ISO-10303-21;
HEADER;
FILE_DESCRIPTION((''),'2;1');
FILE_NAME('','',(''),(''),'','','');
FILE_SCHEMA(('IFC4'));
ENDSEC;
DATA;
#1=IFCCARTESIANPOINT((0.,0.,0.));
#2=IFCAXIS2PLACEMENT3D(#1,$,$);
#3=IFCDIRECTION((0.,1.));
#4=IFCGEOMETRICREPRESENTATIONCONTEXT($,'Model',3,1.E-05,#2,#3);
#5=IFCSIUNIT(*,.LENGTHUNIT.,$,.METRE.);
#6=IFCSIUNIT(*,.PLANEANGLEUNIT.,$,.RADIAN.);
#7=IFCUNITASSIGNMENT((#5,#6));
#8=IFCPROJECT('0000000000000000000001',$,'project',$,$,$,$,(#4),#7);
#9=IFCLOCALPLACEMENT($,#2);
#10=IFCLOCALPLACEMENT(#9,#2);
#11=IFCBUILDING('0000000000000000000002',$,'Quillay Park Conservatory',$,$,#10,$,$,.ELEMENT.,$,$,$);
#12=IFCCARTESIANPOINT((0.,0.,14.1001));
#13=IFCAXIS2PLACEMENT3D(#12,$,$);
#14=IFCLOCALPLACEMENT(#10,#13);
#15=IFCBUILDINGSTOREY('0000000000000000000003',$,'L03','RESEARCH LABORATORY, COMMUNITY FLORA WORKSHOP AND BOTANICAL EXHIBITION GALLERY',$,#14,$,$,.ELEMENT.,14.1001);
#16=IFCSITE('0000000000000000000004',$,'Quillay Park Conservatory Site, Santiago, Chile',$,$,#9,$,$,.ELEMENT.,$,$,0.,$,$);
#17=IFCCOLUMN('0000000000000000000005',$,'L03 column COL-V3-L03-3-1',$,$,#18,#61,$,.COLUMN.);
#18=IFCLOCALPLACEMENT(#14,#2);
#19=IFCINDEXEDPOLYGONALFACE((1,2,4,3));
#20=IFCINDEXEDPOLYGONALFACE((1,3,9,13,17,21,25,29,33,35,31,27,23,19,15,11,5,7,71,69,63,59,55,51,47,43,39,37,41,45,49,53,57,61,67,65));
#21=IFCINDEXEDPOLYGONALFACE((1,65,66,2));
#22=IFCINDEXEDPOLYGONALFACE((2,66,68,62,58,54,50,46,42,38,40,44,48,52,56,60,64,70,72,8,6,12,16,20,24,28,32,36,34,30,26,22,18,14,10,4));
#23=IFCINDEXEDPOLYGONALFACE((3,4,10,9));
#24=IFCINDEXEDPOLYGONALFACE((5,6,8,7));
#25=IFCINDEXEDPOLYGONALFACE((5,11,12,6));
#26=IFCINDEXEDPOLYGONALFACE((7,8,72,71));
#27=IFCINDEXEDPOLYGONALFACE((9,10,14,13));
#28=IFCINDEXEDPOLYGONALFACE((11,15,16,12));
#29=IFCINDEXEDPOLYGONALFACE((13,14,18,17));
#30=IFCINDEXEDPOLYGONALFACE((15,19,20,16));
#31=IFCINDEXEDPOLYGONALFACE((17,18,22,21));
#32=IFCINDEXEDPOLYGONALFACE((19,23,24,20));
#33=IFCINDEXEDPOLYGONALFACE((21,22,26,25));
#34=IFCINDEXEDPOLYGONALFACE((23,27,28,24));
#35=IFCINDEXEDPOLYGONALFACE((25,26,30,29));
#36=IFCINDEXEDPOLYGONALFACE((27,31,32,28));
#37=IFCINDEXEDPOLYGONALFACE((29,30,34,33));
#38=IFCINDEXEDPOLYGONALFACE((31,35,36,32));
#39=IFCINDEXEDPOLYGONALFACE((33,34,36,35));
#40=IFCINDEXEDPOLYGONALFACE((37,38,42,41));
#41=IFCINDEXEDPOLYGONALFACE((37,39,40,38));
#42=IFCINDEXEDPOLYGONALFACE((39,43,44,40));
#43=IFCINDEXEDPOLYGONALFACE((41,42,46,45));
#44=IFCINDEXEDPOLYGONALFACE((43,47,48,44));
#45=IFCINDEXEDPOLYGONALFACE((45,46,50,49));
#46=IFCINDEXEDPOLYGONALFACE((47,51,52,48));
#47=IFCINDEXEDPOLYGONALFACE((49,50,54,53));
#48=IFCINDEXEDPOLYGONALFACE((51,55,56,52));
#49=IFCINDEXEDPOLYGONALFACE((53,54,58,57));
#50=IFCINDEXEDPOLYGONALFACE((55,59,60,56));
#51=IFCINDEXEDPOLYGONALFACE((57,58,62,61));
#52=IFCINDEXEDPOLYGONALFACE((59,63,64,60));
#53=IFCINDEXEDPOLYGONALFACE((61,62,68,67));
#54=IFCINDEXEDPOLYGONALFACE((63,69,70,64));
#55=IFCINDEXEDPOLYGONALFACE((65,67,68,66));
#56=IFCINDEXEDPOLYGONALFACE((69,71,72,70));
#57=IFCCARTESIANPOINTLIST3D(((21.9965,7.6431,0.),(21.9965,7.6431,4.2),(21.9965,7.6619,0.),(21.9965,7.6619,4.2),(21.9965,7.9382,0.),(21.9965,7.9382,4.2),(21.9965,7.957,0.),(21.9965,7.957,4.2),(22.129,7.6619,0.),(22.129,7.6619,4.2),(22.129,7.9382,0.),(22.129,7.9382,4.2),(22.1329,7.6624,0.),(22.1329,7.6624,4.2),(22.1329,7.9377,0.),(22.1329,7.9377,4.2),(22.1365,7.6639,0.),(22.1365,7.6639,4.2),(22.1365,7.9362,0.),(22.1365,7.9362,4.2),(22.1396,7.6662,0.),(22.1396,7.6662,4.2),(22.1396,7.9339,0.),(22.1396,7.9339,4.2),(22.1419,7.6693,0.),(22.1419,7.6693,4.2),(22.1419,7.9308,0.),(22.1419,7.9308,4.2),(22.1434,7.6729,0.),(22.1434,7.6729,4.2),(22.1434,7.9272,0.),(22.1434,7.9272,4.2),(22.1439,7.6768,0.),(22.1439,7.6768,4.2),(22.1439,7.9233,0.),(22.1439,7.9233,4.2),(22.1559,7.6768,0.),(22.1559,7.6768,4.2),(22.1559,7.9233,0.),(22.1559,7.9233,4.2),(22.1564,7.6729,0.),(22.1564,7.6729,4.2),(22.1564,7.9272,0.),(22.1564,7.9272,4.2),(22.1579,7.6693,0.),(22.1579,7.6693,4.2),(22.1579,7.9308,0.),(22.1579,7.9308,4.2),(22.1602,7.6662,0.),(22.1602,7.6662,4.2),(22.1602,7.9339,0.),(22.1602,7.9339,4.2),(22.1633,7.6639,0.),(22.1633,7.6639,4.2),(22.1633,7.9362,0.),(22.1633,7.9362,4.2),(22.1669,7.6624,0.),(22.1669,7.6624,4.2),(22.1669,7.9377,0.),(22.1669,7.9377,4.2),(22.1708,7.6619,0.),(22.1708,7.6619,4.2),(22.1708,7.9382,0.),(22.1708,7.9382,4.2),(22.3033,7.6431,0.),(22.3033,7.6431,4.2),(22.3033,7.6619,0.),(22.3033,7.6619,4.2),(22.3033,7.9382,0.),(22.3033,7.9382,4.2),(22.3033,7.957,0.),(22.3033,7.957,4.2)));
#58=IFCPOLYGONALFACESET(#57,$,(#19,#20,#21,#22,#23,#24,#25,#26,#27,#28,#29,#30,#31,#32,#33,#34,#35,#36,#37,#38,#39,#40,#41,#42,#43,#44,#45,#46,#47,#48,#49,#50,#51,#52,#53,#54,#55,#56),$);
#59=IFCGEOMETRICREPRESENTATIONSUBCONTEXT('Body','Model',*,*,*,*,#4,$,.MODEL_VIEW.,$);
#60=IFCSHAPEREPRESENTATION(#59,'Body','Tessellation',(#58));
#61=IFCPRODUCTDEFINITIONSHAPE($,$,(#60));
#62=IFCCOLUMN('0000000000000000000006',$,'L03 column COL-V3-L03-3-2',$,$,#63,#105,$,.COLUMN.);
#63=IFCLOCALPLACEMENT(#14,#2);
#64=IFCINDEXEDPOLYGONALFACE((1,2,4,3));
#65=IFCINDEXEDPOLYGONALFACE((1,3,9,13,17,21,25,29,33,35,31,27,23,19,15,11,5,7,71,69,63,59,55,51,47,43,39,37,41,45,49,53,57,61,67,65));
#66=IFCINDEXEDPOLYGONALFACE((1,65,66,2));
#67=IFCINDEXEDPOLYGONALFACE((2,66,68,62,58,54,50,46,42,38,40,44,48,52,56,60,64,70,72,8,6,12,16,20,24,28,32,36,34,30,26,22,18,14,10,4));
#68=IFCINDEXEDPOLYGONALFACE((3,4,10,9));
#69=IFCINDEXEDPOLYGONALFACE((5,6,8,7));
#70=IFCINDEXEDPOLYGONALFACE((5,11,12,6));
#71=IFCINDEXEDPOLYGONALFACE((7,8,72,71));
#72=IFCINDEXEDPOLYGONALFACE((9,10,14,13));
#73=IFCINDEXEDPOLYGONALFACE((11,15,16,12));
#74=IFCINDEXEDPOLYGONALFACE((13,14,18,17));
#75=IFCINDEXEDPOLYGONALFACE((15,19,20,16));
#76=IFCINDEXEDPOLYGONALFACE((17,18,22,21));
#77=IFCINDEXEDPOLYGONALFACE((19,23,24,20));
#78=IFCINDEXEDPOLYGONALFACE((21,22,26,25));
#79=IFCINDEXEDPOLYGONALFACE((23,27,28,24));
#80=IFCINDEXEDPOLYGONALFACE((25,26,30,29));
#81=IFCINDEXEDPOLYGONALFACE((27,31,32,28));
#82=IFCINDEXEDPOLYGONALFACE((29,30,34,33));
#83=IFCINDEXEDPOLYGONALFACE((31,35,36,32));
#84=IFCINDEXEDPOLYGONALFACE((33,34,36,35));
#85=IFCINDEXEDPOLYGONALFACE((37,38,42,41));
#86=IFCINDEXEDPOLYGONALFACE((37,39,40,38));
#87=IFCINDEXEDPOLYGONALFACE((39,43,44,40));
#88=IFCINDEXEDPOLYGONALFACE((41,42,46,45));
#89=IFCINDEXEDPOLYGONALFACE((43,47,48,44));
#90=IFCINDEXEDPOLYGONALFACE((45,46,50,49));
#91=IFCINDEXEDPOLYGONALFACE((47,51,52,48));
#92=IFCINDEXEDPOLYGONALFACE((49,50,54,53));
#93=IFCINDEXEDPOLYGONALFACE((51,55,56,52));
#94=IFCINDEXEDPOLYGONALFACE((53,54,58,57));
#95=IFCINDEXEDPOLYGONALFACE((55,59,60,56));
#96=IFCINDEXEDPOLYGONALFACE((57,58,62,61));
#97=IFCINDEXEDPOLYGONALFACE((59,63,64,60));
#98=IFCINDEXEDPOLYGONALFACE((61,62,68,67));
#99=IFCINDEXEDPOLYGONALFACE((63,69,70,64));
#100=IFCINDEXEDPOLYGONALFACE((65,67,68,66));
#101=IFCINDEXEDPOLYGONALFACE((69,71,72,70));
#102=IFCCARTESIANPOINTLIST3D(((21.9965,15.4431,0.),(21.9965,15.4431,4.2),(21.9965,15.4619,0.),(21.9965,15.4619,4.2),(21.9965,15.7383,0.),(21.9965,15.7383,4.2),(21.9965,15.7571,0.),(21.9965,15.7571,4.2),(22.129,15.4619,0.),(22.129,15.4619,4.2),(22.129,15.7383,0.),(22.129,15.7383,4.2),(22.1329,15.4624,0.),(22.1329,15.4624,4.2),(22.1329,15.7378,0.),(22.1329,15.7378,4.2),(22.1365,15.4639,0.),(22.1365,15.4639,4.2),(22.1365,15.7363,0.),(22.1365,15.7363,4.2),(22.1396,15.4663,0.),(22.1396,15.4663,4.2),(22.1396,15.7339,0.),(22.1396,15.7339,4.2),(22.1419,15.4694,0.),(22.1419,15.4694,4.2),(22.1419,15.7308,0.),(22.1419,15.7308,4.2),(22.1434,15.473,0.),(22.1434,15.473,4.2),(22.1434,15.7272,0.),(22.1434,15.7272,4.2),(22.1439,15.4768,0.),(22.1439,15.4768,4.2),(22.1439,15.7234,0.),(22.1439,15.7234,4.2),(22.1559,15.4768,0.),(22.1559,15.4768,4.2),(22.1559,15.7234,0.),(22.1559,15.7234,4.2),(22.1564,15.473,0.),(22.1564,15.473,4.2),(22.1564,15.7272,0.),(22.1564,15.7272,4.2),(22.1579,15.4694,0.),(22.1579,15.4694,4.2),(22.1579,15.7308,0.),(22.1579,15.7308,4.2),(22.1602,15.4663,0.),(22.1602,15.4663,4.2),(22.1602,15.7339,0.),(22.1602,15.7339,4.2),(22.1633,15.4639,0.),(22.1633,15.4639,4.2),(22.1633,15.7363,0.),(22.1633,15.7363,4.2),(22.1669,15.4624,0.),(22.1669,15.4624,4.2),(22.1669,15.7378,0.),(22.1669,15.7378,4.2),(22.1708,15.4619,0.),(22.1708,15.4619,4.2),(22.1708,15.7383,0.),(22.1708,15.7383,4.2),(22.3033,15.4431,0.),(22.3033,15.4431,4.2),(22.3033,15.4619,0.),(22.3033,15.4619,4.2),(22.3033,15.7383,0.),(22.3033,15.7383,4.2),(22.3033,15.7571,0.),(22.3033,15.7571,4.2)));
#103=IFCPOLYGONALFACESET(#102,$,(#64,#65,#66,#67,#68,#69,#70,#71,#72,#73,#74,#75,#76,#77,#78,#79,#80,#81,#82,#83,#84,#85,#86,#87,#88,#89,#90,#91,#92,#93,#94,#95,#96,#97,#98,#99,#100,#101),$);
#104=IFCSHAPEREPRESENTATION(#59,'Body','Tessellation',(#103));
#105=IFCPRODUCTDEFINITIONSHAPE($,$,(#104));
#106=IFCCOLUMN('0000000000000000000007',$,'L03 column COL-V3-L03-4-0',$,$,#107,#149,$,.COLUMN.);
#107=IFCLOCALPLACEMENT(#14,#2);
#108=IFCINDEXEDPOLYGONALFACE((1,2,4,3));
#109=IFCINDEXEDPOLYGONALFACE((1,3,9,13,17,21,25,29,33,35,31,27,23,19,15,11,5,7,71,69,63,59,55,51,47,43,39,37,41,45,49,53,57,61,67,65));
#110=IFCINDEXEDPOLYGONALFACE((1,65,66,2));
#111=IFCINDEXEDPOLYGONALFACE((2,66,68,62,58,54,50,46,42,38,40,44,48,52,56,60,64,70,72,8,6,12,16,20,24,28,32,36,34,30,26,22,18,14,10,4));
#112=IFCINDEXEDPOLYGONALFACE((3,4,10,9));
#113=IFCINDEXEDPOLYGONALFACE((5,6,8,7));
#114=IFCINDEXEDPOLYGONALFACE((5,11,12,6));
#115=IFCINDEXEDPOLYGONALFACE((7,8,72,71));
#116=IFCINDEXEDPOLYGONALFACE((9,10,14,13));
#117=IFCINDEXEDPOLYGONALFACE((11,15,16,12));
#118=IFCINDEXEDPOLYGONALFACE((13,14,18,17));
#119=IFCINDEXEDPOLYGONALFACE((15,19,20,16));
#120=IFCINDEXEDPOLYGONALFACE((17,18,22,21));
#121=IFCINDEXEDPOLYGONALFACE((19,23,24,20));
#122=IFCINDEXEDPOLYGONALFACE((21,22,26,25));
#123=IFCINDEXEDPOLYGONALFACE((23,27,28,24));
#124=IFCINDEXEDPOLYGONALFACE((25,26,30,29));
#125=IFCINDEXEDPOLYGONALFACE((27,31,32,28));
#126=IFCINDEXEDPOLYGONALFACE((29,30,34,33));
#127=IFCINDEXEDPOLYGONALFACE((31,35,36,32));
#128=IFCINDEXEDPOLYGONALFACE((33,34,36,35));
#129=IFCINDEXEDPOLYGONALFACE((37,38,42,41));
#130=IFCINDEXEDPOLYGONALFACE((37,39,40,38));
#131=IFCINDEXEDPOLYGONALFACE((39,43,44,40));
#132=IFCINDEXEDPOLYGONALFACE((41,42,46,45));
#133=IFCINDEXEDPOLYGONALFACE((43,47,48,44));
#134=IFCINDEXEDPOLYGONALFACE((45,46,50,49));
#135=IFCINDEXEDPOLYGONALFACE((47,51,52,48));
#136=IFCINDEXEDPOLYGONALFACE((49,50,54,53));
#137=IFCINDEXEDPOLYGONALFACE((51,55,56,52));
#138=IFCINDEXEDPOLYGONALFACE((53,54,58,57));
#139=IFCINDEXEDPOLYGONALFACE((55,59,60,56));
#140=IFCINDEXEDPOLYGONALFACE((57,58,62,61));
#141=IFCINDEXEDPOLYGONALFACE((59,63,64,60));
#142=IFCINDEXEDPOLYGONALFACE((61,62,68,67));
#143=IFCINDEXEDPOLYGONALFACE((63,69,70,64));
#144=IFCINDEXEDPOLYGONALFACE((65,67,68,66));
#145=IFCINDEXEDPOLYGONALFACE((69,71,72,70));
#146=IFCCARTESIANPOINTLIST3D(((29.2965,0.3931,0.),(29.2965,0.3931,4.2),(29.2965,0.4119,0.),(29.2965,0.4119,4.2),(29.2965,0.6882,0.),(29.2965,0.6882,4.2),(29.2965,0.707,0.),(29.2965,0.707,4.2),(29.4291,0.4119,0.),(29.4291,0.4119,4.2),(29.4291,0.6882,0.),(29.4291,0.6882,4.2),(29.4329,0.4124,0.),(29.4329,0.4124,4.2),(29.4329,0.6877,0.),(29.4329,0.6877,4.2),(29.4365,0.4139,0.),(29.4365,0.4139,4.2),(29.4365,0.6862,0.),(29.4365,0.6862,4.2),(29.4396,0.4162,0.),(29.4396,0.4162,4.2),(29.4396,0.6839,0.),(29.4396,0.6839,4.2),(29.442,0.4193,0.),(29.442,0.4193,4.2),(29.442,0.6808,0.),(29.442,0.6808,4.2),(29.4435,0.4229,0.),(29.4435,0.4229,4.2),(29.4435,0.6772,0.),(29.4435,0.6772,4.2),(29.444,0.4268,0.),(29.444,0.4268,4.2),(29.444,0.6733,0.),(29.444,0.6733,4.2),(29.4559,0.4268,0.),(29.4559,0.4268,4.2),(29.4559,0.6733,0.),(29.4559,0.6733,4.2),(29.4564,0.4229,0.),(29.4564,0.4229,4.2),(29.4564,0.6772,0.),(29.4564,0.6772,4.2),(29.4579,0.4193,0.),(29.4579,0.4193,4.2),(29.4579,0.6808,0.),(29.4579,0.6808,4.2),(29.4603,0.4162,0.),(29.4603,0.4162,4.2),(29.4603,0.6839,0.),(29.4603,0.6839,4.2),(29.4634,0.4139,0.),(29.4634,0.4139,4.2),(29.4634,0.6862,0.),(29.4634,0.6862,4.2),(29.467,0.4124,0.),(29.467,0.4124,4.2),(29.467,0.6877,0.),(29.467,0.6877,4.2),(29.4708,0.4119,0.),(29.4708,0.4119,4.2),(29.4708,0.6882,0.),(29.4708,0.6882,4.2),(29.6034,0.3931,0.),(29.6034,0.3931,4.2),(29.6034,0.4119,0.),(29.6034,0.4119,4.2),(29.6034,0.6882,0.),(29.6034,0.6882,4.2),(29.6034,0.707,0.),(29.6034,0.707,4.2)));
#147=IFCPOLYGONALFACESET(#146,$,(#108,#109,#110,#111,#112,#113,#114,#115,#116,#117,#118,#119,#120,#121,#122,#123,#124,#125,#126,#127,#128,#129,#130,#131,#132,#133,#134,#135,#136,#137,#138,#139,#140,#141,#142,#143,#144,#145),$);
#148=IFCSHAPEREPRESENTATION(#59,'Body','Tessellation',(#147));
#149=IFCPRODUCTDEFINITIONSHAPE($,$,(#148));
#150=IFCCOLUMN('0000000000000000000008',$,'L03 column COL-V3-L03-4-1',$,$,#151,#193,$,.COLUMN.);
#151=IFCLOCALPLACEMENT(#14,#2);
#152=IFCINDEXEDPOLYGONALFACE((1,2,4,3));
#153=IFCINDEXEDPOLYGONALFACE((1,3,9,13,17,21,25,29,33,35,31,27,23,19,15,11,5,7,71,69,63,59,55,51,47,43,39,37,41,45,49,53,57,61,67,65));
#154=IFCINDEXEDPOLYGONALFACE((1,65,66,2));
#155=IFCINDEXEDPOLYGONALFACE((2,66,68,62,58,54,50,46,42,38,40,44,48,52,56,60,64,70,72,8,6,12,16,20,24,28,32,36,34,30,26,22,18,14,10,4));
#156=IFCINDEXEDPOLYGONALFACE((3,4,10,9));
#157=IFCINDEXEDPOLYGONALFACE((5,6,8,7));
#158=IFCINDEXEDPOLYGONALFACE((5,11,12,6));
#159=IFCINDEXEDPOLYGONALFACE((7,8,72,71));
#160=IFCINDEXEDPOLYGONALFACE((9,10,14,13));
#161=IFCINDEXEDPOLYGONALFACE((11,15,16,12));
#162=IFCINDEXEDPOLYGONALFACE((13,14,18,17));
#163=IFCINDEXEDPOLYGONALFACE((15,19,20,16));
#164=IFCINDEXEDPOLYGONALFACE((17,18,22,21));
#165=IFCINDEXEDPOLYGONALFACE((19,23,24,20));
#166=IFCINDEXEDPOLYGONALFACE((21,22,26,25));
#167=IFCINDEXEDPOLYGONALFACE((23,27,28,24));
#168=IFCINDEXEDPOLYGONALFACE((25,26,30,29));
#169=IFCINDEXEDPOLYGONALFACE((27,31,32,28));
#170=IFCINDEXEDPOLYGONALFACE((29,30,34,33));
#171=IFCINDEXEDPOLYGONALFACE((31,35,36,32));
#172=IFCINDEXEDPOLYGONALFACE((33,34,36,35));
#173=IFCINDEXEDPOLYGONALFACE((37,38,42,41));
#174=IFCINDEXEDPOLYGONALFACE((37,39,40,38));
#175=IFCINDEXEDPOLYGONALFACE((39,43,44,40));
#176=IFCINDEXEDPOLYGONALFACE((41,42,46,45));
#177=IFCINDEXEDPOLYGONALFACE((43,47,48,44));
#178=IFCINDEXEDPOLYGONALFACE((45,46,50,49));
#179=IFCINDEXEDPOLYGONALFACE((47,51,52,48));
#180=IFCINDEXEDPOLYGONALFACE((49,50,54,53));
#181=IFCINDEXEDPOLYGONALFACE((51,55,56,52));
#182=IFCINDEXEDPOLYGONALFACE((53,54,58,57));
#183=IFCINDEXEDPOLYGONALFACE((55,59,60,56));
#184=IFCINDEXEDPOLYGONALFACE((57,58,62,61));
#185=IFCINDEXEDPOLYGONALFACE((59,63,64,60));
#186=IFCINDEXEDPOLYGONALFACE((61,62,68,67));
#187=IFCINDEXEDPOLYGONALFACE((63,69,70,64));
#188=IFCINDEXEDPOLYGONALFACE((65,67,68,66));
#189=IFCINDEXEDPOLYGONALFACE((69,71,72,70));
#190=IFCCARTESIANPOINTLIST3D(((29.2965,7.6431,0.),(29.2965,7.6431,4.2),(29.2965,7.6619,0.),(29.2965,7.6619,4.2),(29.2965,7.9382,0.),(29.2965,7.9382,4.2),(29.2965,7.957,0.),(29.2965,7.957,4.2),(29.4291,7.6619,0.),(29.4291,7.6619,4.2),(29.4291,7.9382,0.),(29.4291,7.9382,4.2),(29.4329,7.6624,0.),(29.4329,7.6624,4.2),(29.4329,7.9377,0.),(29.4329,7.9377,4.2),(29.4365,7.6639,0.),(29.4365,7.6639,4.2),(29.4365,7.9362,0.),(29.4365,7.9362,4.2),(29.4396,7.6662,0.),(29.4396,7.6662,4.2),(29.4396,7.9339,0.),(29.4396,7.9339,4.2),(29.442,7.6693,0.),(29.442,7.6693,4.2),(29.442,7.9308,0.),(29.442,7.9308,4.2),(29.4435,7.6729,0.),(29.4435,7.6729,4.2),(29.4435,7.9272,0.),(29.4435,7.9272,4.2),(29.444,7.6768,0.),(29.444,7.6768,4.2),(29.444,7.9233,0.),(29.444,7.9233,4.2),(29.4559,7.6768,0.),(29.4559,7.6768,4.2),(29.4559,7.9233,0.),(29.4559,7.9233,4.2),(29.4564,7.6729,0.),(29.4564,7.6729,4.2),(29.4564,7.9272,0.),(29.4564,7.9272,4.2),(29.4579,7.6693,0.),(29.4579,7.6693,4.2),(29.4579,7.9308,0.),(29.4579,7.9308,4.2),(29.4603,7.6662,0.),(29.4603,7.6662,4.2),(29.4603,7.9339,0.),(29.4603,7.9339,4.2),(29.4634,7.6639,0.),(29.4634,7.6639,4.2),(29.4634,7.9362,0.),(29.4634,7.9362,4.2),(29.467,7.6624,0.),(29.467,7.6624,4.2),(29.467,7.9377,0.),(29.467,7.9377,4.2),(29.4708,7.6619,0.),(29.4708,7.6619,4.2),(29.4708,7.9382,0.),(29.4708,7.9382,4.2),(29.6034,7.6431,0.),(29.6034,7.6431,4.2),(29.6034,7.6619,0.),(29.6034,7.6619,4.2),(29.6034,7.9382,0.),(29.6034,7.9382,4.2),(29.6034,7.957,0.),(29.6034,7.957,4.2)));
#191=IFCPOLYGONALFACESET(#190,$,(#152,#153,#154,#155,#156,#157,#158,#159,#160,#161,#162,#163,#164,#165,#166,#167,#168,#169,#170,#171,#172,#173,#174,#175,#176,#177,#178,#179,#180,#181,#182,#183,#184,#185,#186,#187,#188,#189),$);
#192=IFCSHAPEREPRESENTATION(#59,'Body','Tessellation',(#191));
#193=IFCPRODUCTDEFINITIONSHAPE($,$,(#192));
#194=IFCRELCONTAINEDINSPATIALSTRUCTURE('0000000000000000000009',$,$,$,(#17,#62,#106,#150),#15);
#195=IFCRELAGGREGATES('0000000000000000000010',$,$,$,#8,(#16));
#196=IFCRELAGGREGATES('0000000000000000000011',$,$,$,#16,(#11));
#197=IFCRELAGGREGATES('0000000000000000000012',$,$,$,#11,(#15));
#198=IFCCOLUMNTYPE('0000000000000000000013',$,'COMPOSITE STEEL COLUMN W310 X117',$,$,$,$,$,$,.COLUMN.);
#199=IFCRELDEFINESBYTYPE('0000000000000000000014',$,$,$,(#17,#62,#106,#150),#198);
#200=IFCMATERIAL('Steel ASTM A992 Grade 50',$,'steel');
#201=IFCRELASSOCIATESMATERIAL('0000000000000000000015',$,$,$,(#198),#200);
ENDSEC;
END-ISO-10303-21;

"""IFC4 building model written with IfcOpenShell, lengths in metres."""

from ifc_helpers import new_model, si_unit, direction, frame, origin, origin_2d, place, context, subcontext, project, spatial, i_section, extrude, material, material_profile, profile_set, type_object, element, save


model = new_model("IFC4")

# Units and contexts
model_context = context("Model", 3, precision=1e-05, world=origin(), true_north=direction((0.0, 1.0)))
body_context = subcontext(model_context, "Body", "Model", "MODEL_VIEW")
ifc_project = project(units=[si_unit("LENGTHUNIT", "METRE"), si_unit("PLANEANGLEUNIT", "RADIAN")], contexts=[model_context])

# Site, building, storey
site_placement = place(None, origin())
site = spatial("IfcSite", under=ifc_project, at=site_placement, Name="Quillay Park Conservatory Site, Santiago, Chile", CompositionType="ELEMENT", RefElevation=0.0)
building_placement = place(site_placement, origin())
building = spatial("IfcBuilding", under=site, at=building_placement, Name="Quillay Park Conservatory", CompositionType="ELEMENT")
storey_placement = place(building_placement, frame((0.0, 0.0, 14.1001)))
storey = spatial("IfcBuildingStorey", under=building, at=storey_placement, Name="L03", Description="RESEARCH LABORATORY, COMMUNITY FLORA WORKSHOP AND BOTANICAL EXHIBITION GALLERY", CompositionType="ELEMENT", Elevation=14.1001)

# Columns
ifc_material_1 = material(Name="Steel ASTM A992 Grade 50", Category="steel")
ifc_material_profile_1 = material_profile(ifc_material_1, i_section(OverallWidth=0.3069, OverallDepth=0.314, WebThickness=0.012, FlangeThickness=0.0188, FilletRadius=0.0149, at=origin_2d()), Name="W310x117")
ifc_profile_set_1 = profile_set([ifc_material_profile_1], Name="Steel ASTM A992 Grade 50")
column_type = type_object("IfcColumnType", Name="COMPOSITE STEEL COLUMN W310 X117", PredefinedType="COLUMN", material=ifc_profile_set_1)
for number, where, z_axis, x_axis, name in (
    (1, (22.1499, 7.8, 0.0), (0.0, 0.0, 1.0), (1.0, 0.0, 0.0), "L03 column COL-V3-L03-3-1"),
    (2, (22.1499, 15.6001, 0.0), (0.0, 0.0, 1.0), (1.0, 0.0, 0.0), "L03 column COL-V3-L03-3-2"),
    (3, (29.45, 0.55, 0.0), (0.0, 0.0, 1.0), (1.0, 0.0, 0.0), "L03 column COL-V3-L03-4-0"),
    (4, (29.45, 7.8, 0.0), (0.0, 0.0, 1.0), (1.0, 0.0, 0.0), "L03 column COL-V3-L03-4-1"),
):
    element("IfcColumn", number, at=place(storey_placement, frame(where, z_axis=z_axis, x_axis=x_axis)), inside=storey, type_object=column_type, Name=name, PredefinedType="COLUMN", context=body_context, shape_type="SweptSolid", body=[
        extrude(i_section(OverallWidth=0.3069, OverallDepth=0.314, WebThickness=0.012, FlangeThickness=0.0188, FilletRadius=0.0149, at=origin_2d()), origin(), (0.0, 0.0, 1.0), 4.2),
    ])

save(model, "model.ifc")
